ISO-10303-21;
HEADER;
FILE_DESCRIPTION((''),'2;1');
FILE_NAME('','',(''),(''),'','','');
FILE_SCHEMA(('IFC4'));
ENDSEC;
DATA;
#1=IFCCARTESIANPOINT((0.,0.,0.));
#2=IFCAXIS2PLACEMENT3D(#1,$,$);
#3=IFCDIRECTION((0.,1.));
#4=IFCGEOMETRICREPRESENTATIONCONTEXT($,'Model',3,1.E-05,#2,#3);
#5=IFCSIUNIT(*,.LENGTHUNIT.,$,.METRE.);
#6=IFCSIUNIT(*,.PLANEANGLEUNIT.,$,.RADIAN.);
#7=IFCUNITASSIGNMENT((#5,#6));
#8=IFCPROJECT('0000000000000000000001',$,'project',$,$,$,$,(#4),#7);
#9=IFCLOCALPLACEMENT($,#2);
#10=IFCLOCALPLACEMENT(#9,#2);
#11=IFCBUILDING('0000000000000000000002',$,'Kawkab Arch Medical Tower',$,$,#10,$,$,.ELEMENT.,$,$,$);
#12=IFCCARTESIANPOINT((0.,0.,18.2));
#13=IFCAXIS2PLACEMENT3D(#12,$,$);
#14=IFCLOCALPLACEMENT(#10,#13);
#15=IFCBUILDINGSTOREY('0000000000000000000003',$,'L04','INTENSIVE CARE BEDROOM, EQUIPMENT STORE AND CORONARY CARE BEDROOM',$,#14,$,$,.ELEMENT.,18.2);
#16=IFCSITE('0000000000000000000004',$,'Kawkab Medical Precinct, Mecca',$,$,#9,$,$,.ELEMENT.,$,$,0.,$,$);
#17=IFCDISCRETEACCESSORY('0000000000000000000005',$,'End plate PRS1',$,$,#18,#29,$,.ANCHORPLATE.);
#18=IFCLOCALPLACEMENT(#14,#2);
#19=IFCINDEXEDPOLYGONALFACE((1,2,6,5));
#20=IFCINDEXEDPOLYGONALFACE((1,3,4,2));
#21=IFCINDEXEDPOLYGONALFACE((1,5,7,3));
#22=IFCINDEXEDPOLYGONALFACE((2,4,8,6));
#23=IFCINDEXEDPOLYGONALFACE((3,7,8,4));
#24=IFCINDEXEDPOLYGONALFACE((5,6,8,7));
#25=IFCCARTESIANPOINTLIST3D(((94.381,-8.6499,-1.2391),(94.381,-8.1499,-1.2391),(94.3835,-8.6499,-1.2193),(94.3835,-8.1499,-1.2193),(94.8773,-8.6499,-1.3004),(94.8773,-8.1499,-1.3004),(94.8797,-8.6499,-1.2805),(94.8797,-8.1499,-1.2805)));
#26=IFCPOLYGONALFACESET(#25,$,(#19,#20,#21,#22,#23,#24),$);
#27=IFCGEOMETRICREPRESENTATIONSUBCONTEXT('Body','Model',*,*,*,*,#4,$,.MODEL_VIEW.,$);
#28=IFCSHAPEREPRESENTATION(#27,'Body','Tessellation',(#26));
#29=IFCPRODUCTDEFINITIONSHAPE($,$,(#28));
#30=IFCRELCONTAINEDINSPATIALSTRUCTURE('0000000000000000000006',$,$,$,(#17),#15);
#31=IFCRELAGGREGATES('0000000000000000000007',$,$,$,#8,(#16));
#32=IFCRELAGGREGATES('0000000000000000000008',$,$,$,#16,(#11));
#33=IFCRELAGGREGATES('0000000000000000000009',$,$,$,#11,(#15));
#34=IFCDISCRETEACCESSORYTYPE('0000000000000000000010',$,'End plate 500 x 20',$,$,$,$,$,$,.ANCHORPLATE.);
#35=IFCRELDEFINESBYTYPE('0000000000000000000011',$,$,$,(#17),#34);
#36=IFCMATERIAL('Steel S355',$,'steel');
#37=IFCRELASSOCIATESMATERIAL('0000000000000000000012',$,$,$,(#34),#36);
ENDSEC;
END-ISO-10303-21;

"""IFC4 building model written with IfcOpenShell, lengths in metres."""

from ifc_helpers import new_model, si_unit, direction, frame, origin, origin_2d, place, context, subcontext, project, spatial, rectangle, extrude, material, material_profile, profile_set, type_object, element, save


model = new_model("IFC4")

# Units and contexts
model_context = context("Model", 3, precision=1e-05, world=origin(), true_north=direction((0.0, 1.0)))
body_context = subcontext(model_context, "Body", "Model", "MODEL_VIEW")
ifc_project = project(units=[si_unit("LENGTHUNIT", "METRE"), si_unit("PLANEANGLEUNIT", "RADIAN")], contexts=[model_context])

# Site, building, storey
site_placement = place(None, origin())
site = spatial("IfcSite", under=ifc_project, at=site_placement, Name="Kawkab Medical Precinct, Mecca", CompositionType="ELEMENT", RefElevation=0.0)
building_placement = place(site_placement, origin())
building = spatial("IfcBuilding", under=site, at=building_placement, Name="Kawkab Arch Medical Tower", CompositionType="ELEMENT")
storey_placement = place(building_placement, frame((0.0, 0.0, 18.2)))
storey = spatial("IfcBuildingStorey", under=building, at=storey_placement, Name="L04", Description="INTENSIVE CARE BEDROOM, EQUIPMENT STORE AND CORONARY CARE BEDROOM", CompositionType="ELEMENT", Elevation=18.2)

# Discrete accessory
ifc_material_1 = material(Name="Steel S355", Category="steel")
ifc_material_profile_1 = material_profile(ifc_material_1, rectangle(XDim=0.5, YDim=0.5, at=origin_2d()), Name="End plate 500 x 20")
ifc_profile_set_1 = profile_set([ifc_material_profile_1], Name="Steel S355")
discrete_accessory_type_1 = type_object("IfcDiscreteAccessoryType", Name="End plate 500 x 20", PredefinedType="ANCHORPLATE", material=ifc_profile_set_1)
for number, where, z_axis, x_axis, name in (
    (1, (94.6292, -8.3999, -1.2698), (0.122527, 0.0, 0.992465), (0.0, 1.0, 0.0), "End plate PRS1"),
):
    element("IfcDiscreteAccessory", number, at=place(storey_placement, frame(where, z_axis=z_axis, x_axis=x_axis)), inside=storey, type_object=discrete_accessory_type_1, Name=name, PredefinedType="ANCHORPLATE", context=body_context, shape_type="SweptSolid", body=[
        extrude(rectangle(XDim=0.5, YDim=0.5, at=origin_2d()), origin(), (0.0, 0.0, 1.0), 0.02),
    ])

save(model, "model.ifc")
